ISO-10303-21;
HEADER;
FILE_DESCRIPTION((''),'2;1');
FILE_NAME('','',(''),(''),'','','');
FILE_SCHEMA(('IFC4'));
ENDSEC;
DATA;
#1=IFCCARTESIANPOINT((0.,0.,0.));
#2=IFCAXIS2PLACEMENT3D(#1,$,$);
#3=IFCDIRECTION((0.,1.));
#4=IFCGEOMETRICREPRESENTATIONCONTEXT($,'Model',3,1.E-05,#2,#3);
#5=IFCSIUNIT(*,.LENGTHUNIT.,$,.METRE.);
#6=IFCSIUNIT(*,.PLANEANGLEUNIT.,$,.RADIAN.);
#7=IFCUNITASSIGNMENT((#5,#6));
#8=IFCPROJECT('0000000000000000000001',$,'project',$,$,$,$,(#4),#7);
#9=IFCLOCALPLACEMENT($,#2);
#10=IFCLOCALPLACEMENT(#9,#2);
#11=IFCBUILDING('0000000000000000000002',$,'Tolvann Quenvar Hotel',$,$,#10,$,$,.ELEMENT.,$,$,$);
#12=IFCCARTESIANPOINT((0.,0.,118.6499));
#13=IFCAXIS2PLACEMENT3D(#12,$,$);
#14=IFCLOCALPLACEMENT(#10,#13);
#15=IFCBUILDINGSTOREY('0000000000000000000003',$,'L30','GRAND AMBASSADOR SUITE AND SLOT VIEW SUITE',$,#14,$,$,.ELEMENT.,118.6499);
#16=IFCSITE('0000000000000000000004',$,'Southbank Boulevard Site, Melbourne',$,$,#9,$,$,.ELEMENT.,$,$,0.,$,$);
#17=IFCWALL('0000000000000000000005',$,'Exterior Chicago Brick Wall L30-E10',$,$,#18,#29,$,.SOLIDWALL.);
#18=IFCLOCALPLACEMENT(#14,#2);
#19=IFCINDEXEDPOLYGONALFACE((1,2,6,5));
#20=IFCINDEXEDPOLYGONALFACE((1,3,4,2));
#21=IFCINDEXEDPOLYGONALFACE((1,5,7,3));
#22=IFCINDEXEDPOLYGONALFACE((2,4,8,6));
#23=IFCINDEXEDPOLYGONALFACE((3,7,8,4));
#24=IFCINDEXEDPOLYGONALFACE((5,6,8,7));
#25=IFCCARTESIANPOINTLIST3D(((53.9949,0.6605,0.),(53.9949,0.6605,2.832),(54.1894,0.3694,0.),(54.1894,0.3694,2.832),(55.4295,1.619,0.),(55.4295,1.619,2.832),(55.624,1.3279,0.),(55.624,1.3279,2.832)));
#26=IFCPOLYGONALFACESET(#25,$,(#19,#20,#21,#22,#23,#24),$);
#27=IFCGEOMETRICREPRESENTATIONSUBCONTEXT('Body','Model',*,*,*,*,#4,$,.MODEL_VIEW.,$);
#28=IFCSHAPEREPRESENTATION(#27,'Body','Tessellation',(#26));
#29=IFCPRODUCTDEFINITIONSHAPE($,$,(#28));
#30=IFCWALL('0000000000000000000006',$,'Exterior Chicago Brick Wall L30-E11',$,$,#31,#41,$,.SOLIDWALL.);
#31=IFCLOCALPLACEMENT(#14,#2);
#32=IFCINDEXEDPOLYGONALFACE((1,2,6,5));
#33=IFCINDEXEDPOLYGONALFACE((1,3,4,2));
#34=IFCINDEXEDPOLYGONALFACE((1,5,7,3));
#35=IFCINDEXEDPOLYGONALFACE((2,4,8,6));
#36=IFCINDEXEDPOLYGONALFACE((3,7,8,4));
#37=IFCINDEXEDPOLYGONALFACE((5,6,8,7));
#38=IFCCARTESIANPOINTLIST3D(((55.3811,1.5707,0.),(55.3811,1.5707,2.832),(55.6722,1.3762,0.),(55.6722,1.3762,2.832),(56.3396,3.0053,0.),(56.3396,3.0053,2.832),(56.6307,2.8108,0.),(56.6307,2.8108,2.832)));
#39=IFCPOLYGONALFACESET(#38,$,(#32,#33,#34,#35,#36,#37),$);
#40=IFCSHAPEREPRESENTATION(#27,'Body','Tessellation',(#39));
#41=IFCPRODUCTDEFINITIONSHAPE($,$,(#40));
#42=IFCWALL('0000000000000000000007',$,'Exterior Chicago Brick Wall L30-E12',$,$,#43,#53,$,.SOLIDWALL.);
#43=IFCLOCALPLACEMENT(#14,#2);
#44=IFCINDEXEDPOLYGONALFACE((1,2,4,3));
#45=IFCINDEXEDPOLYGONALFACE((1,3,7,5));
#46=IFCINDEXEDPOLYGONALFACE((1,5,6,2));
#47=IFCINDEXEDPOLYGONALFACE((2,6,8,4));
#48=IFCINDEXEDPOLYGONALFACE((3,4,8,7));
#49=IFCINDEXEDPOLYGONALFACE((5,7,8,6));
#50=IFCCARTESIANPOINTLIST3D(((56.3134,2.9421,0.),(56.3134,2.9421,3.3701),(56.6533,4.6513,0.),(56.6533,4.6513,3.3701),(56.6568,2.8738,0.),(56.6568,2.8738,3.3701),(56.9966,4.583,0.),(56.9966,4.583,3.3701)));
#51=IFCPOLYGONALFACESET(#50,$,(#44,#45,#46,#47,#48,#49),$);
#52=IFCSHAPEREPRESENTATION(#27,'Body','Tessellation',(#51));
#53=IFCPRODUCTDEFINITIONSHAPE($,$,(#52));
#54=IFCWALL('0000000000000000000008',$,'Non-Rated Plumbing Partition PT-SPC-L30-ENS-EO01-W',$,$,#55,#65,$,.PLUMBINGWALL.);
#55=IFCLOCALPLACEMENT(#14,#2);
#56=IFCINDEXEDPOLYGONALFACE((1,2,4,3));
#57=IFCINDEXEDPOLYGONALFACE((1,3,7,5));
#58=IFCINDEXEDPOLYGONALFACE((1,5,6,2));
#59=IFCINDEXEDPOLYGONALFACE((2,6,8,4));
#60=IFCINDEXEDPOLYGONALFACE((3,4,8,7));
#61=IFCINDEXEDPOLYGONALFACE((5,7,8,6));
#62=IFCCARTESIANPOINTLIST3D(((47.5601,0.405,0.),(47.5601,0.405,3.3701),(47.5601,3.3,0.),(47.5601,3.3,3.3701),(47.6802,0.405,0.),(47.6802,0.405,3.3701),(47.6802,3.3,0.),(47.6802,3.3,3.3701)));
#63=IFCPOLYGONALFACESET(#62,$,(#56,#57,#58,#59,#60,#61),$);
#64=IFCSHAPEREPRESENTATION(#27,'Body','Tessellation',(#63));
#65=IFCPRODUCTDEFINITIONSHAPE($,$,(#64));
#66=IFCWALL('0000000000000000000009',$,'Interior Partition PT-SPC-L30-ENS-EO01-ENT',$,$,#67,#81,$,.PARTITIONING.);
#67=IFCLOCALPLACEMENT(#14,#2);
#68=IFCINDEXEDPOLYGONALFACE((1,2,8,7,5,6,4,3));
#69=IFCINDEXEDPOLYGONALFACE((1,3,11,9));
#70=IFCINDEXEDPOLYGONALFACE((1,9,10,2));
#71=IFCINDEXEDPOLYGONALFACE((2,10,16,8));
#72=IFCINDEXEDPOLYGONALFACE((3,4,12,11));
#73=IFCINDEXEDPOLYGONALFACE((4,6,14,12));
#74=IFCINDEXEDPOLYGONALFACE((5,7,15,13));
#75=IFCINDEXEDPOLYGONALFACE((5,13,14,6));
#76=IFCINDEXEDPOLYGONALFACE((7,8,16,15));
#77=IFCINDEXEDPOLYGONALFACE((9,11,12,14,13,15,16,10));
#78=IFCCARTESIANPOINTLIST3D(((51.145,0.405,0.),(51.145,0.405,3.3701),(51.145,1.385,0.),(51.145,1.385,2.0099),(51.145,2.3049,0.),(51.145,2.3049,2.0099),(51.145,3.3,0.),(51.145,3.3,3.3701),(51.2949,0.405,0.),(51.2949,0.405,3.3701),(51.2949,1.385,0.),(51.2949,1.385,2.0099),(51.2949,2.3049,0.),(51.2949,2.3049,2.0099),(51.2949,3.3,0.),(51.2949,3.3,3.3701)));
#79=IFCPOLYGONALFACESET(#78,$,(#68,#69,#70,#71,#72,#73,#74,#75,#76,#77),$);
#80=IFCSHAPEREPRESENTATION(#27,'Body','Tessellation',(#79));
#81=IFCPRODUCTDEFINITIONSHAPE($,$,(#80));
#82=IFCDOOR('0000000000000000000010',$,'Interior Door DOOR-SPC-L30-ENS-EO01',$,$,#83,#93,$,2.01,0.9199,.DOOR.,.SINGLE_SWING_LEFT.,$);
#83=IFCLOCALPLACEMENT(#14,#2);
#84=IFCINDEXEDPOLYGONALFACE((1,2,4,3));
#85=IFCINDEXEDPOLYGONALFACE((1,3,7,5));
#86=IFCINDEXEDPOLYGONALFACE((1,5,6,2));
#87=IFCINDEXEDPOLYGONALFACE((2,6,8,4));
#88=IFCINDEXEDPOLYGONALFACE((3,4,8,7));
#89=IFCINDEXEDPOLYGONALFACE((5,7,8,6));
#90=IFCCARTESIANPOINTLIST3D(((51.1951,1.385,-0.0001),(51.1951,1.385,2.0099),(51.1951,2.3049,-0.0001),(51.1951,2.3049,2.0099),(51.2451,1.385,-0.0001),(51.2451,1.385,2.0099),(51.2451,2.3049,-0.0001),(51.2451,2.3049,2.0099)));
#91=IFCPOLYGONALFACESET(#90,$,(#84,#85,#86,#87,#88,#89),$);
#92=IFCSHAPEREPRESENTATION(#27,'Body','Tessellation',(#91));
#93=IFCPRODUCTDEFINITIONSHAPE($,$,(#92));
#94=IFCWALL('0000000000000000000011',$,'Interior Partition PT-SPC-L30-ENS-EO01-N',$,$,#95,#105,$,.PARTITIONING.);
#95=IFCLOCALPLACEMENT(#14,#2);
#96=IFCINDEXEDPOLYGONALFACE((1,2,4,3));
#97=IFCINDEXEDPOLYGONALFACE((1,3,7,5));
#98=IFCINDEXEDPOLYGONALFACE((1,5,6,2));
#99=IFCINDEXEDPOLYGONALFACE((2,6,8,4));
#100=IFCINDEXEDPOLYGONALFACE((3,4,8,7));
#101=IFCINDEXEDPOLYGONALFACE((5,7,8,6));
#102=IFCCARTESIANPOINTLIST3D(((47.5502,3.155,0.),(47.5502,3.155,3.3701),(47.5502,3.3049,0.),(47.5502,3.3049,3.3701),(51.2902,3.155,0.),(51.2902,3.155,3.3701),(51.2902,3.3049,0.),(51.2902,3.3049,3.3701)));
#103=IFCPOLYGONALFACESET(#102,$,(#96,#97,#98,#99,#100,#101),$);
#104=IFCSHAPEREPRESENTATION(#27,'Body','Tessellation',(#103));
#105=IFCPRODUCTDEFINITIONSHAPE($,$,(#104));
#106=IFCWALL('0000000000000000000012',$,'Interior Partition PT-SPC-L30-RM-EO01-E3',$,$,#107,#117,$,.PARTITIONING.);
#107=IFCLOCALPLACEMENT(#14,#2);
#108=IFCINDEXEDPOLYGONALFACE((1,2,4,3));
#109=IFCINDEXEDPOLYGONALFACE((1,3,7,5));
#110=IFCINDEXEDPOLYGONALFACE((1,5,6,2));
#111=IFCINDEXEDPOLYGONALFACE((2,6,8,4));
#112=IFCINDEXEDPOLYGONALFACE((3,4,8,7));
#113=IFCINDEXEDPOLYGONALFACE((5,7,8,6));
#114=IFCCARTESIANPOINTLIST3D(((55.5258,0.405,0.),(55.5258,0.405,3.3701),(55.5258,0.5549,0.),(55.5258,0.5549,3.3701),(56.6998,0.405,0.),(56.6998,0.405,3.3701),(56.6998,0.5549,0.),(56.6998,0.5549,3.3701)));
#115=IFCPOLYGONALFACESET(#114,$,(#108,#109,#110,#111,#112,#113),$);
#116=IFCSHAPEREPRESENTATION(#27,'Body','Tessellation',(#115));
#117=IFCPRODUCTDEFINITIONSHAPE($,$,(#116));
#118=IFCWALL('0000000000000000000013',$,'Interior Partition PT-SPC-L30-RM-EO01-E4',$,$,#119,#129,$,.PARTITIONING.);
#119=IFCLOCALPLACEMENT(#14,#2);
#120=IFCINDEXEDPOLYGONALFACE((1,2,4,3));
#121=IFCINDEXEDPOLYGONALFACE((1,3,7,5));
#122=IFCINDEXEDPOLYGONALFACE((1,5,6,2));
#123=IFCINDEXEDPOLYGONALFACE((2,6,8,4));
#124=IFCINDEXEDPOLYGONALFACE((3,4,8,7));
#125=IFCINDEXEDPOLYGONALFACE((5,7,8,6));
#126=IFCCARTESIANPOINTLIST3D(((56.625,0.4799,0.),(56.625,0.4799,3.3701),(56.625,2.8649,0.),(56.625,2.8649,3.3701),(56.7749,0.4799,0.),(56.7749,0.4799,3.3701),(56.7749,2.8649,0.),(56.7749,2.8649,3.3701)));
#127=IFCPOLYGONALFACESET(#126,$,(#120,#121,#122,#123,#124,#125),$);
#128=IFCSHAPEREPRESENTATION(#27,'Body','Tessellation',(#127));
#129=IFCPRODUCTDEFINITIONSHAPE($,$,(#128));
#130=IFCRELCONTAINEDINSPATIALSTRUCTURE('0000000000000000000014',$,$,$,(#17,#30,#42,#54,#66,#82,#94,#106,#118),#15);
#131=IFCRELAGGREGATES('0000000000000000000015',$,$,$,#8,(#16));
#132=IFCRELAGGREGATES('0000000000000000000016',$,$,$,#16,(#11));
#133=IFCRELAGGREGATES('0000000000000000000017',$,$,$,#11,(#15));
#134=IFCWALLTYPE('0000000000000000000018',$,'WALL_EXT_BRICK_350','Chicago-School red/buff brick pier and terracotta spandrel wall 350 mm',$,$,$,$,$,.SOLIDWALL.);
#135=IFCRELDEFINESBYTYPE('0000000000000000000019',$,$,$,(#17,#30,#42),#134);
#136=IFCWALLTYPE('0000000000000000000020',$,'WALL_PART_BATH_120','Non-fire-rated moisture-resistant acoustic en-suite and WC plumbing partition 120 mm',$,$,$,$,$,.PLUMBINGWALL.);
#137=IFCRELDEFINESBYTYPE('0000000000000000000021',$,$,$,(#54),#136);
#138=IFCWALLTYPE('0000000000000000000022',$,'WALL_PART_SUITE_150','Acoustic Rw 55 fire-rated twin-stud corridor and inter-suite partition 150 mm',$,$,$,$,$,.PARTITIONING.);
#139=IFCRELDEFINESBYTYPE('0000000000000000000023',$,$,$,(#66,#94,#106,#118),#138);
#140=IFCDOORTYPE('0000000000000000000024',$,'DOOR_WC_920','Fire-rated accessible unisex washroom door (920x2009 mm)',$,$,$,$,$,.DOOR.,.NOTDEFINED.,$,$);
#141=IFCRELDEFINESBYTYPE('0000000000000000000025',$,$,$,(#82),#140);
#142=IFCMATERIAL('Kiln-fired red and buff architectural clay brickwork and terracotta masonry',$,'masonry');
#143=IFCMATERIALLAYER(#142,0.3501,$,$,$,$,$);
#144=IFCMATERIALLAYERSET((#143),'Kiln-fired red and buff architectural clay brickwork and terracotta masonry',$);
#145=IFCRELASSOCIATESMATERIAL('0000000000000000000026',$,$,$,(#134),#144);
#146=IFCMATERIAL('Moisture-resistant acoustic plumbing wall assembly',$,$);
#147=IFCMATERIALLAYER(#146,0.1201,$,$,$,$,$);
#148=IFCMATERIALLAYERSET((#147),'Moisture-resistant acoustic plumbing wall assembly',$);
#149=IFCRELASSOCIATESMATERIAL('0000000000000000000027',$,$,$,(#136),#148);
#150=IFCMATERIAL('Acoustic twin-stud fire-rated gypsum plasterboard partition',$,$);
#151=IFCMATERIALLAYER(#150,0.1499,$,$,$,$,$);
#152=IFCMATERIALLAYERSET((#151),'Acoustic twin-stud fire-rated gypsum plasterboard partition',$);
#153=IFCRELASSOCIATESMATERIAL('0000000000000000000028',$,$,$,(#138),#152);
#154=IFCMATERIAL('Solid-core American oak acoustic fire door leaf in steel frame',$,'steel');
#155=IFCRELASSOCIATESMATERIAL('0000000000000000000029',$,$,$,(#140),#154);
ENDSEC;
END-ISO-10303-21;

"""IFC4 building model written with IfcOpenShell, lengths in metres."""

from ifc_helpers import new_model, si_unit, direction, frame, frame_2d, origin, place, context, subcontext, project, spatial, rectangle, extrude, source, transform, mapped, material, layer, layer_set, type_object, type_shapes, element, fill, save


model = new_model("IFC4")

# Units and contexts
model_context = context("Model", 3, precision=1e-05, world=origin(), true_north=direction((0.0, 1.0)))
body_context = subcontext(model_context, "Body", "Model", "MODEL_VIEW")
ifc_project = project(units=[si_unit("LENGTHUNIT", "METRE"), si_unit("PLANEANGLEUNIT", "RADIAN")], contexts=[model_context])

# Site, building, storey
site_placement = place(None, origin())
site = spatial("IfcSite", under=ifc_project, at=site_placement, Name="Southbank Boulevard Site, Melbourne", CompositionType="ELEMENT", RefElevation=0.0)
building_placement = place(site_placement, origin())
building = spatial("IfcBuilding", under=site, at=building_placement, Name="Tolvann Quenvar Hotel", CompositionType="ELEMENT")
storey_placement = place(building_placement, frame((0.0, 0.0, 118.6499)))
storey = spatial("IfcBuildingStorey", under=building, at=storey_placement, Name="L30", Description="GRAND AMBASSADOR SUITE AND SLOT VIEW SUITE", CompositionType="ELEMENT", Elevation=118.6499)

# Walls
ifc_material_1 = material(Name="Kiln-fired red and buff architectural clay brickwork and terracotta masonry", Category="masonry")
ifc_layer_1 = layer(ifc_material_1, 0.3501)
ifc_layer_set_1 = layer_set([ifc_layer_1], Name="Kiln-fired red and buff architectural clay brickwork and terracotta masonry")
wall_type_1 = type_object("IfcWallType", Name="WALL_EXT_BRICK_350", Description="Chicago-School red/buff brick pier and terracotta spandrel wall 350 mm", PredefinedType="SOLIDWALL", material=ifc_layer_set_1)
for number, where, z_axis, x_axis, name in (
    (1, (54.092, 0.5149, 0.0), (0.0, 0.0, 1.0), (0.831484, 0.555549, 0.0), "Exterior Chicago Brick Wall L30-E10"),
    (2, (55.5266, 1.4734, 0.0), (0.0, 0.0, 1.0), (0.555549, 0.831484, 0.0), "Exterior Chicago Brick Wall L30-E11"),
):
    element("IfcWall", number, at=place(storey_placement, frame(where, z_axis=z_axis, x_axis=x_axis)), inside=storey, type_object=wall_type_1, Name=name, PredefinedType="SOLIDWALL", context=body_context, shape_type="SweptSolid", body=[
        extrude(rectangle(XDim=1.7253, YDim=0.3501, at=frame_2d((0.8628, 0.0))), origin(), (0.0, 0.0, 1.0), 2.832),
    ])
wall_1_placement = place(storey_placement, frame((56.4851, 2.908, 0.0), z_axis=(0.0, 0.0, 1.0), x_axis=(0.195011, 0.980801, 0.0)))
element("IfcWall", 3, at=wall_1_placement, inside=storey, type_object=wall_type_1, Name="Exterior Chicago Brick Wall L30-E12", PredefinedType="SOLIDWALL", context=body_context, shape_type="SweptSolid", body=[
    extrude(rectangle(XDim=1.7427, YDim=0.3501, at=frame_2d((0.8713, 0.0))), origin(), (0.0, 0.0, 1.0), 3.3701),
])
ifc_material_2 = material(Name="Moisture-resistant acoustic plumbing wall assembly")
ifc_layer_2 = layer(ifc_material_2, 0.1201)
ifc_layer_set_2 = layer_set([ifc_layer_2], Name="Moisture-resistant acoustic plumbing wall assembly")
wall_type_2 = type_object("IfcWallType", Name="WALL_PART_BATH_120", Description="Non-fire-rated moisture-resistant acoustic en-suite and WC plumbing partition 120 mm", PredefinedType="PLUMBINGWALL", material=ifc_layer_set_2)
wall_2_placement = place(storey_placement, frame((47.6201, 0.405, 0.0), z_axis=(0.0, 0.0, 1.0), x_axis=(0.0, 1.0, 0.0)))
element("IfcWall", 4, at=wall_2_placement, inside=storey, type_object=wall_type_2, Name="Non-Rated Plumbing Partition PT-SPC-L30-ENS-EO01-W", PredefinedType="PLUMBINGWALL", context=body_context, shape_type="SweptSolid", body=[
    extrude(rectangle(XDim=2.895, YDim=0.1201, at=frame_2d((1.4475, 0.0))), origin(), (0.0, 0.0, 1.0), 3.3701),
])

# Wall, opening, door
ifc_material_3 = material(Name="Acoustic twin-stud fire-rated gypsum plasterboard partition")
ifc_layer_3 = layer(ifc_material_3, 0.1499)
ifc_layer_set_3 = layer_set([ifc_layer_3], Name="Acoustic twin-stud fire-rated gypsum plasterboard partition")
wall_type_3 = type_object("IfcWallType", Name="WALL_PART_SUITE_150", Description="Acoustic Rw 55 fire-rated twin-stud corridor and inter-suite partition 150 mm", PredefinedType="PARTITIONING", material=ifc_layer_set_3)
wall_3_placement = place(storey_placement, frame((51.22, 0.405, 0.0), z_axis=(0.0, 0.0, 1.0), x_axis=(0.0, 1.0, 0.0)))
wall_3 = element("IfcWall", 5, at=wall_3_placement, inside=storey, type_object=wall_type_3, Name="Interior Partition PT-SPC-L30-ENS-EO01-ENT", PredefinedType="PARTITIONING", context=body_context, shape_type="SweptSolid", body=[
    extrude(rectangle(XDim=2.895, YDim=0.1499, at=frame_2d((1.4475, 0.0))), origin(), (0.0, 0.0, 1.0), 3.3701),
])
opening_placement = place(wall_3_placement, frame((0.98, 0.0, 0.0)))
opening = element("IfcOpeningElement", 6, at=opening_placement, cuts=wall_3, PredefinedType="OPENING", context=body_context, shape_type="SweptSolid", body=[
    extrude(rectangle(XDim=0.9199, YDim=2.01, at=frame_2d((0.46, 1.0049))), frame((0.0, 0.085, 0.0), z_axis=(0.0, -1.0, 0.0), x_axis=(1.0, 0.0, 0.0)), (0.0, 0.0, 1.0), 0.1699),
])
ifc_material_4 = material(Name="Solid-core American oak acoustic fire door leaf in steel frame", Category="steel")
door_type = type_object("IfcDoorType", Name="DOOR_WC_920", Description="Fire-rated accessible unisex washroom door (920x2009 mm)", OperationType="NOTDEFINED", PredefinedType="DOOR", material=ifc_material_4)
shared_shape_1 = source(origin(), body_context, "Body", "SweptSolid", [
    extrude(rectangle(XDim=0.9199, YDim=2.01, at=frame_2d((0.46, 1.0049))), frame((0.0, 0.0249, 0.0), z_axis=(0.0, -1.0, 0.0), x_axis=(1.0, 0.0, 0.0)), (0.0, 0.0, 1.0), 0.05),
])
type_shapes(door_type, [shared_shape_1])
door_placement = place(opening_placement, origin())
door = element("IfcDoor", 7, at=door_placement, inside=storey, type_object=door_type, Name="Interior Door DOOR-SPC-L30-ENS-EO01", OperationType="SINGLE_SWING_LEFT", OverallHeight=2.01, OverallWidth=0.9199, PredefinedType="DOOR", context=body_context, shape_type="MappedRepresentation", body=[
    mapped(shared_shape_1, transform((0.0, 0.0, 0.0), x_axis=(1.0, 0.0, 0.0), y_axis=(0.0, 1.0, 0.0), z_axis=(0.0, 0.0, 1.0), scale=1.0)),
])
fill(opening, door)

# Walls
wall_4_placement = place(storey_placement, frame((47.55, 3.23, 0.0), z_axis=(0.0, 0.0, 1.0), x_axis=(1.0, 0.0, 0.0)))
element("IfcWall", 8, at=wall_4_placement, inside=storey, type_object=wall_type_3, Name="Interior Partition PT-SPC-L30-ENS-EO01-N", PredefinedType="PARTITIONING", context=body_context, shape_type="SweptSolid", body=[
    extrude(rectangle(XDim=3.74, YDim=0.1499, at=frame_2d((1.8701, 0.0))), origin(), (0.0, 0.0, 1.0), 3.3701),
])
wall_5_placement = place(storey_placement, frame((55.5259, 0.48, 0.0), z_axis=(0.0, 0.0, 1.0), x_axis=(1.0, 0.0, 0.0)))
element("IfcWall", 9, at=wall_5_placement, inside=storey, type_object=wall_type_3, Name="Interior Partition PT-SPC-L30-RM-EO01-E3", PredefinedType="PARTITIONING", context=body_context, shape_type="SweptSolid", body=[
    extrude(rectangle(XDim=1.1741, YDim=0.1499, at=frame_2d((0.5869, 0.0))), origin(), (0.0, 0.0, 1.0), 3.3701),
])
wall_6_placement = place(storey_placement, frame((56.7, 0.48, 0.0), z_axis=(0.0, 0.0, 1.0), x_axis=(0.0, 1.0, 0.0)))
element("IfcWall", 10, at=wall_6_placement, inside=storey, type_object=wall_type_3, Name="Interior Partition PT-SPC-L30-RM-EO01-E4", PredefinedType="PARTITIONING", context=body_context, shape_type="SweptSolid", body=[
    extrude(rectangle(XDim=2.385, YDim=0.1499, at=frame_2d((1.1924, 0.0))), origin(), (0.0, 0.0, 1.0), 3.3701),
])

save(model, "model.ifc")
